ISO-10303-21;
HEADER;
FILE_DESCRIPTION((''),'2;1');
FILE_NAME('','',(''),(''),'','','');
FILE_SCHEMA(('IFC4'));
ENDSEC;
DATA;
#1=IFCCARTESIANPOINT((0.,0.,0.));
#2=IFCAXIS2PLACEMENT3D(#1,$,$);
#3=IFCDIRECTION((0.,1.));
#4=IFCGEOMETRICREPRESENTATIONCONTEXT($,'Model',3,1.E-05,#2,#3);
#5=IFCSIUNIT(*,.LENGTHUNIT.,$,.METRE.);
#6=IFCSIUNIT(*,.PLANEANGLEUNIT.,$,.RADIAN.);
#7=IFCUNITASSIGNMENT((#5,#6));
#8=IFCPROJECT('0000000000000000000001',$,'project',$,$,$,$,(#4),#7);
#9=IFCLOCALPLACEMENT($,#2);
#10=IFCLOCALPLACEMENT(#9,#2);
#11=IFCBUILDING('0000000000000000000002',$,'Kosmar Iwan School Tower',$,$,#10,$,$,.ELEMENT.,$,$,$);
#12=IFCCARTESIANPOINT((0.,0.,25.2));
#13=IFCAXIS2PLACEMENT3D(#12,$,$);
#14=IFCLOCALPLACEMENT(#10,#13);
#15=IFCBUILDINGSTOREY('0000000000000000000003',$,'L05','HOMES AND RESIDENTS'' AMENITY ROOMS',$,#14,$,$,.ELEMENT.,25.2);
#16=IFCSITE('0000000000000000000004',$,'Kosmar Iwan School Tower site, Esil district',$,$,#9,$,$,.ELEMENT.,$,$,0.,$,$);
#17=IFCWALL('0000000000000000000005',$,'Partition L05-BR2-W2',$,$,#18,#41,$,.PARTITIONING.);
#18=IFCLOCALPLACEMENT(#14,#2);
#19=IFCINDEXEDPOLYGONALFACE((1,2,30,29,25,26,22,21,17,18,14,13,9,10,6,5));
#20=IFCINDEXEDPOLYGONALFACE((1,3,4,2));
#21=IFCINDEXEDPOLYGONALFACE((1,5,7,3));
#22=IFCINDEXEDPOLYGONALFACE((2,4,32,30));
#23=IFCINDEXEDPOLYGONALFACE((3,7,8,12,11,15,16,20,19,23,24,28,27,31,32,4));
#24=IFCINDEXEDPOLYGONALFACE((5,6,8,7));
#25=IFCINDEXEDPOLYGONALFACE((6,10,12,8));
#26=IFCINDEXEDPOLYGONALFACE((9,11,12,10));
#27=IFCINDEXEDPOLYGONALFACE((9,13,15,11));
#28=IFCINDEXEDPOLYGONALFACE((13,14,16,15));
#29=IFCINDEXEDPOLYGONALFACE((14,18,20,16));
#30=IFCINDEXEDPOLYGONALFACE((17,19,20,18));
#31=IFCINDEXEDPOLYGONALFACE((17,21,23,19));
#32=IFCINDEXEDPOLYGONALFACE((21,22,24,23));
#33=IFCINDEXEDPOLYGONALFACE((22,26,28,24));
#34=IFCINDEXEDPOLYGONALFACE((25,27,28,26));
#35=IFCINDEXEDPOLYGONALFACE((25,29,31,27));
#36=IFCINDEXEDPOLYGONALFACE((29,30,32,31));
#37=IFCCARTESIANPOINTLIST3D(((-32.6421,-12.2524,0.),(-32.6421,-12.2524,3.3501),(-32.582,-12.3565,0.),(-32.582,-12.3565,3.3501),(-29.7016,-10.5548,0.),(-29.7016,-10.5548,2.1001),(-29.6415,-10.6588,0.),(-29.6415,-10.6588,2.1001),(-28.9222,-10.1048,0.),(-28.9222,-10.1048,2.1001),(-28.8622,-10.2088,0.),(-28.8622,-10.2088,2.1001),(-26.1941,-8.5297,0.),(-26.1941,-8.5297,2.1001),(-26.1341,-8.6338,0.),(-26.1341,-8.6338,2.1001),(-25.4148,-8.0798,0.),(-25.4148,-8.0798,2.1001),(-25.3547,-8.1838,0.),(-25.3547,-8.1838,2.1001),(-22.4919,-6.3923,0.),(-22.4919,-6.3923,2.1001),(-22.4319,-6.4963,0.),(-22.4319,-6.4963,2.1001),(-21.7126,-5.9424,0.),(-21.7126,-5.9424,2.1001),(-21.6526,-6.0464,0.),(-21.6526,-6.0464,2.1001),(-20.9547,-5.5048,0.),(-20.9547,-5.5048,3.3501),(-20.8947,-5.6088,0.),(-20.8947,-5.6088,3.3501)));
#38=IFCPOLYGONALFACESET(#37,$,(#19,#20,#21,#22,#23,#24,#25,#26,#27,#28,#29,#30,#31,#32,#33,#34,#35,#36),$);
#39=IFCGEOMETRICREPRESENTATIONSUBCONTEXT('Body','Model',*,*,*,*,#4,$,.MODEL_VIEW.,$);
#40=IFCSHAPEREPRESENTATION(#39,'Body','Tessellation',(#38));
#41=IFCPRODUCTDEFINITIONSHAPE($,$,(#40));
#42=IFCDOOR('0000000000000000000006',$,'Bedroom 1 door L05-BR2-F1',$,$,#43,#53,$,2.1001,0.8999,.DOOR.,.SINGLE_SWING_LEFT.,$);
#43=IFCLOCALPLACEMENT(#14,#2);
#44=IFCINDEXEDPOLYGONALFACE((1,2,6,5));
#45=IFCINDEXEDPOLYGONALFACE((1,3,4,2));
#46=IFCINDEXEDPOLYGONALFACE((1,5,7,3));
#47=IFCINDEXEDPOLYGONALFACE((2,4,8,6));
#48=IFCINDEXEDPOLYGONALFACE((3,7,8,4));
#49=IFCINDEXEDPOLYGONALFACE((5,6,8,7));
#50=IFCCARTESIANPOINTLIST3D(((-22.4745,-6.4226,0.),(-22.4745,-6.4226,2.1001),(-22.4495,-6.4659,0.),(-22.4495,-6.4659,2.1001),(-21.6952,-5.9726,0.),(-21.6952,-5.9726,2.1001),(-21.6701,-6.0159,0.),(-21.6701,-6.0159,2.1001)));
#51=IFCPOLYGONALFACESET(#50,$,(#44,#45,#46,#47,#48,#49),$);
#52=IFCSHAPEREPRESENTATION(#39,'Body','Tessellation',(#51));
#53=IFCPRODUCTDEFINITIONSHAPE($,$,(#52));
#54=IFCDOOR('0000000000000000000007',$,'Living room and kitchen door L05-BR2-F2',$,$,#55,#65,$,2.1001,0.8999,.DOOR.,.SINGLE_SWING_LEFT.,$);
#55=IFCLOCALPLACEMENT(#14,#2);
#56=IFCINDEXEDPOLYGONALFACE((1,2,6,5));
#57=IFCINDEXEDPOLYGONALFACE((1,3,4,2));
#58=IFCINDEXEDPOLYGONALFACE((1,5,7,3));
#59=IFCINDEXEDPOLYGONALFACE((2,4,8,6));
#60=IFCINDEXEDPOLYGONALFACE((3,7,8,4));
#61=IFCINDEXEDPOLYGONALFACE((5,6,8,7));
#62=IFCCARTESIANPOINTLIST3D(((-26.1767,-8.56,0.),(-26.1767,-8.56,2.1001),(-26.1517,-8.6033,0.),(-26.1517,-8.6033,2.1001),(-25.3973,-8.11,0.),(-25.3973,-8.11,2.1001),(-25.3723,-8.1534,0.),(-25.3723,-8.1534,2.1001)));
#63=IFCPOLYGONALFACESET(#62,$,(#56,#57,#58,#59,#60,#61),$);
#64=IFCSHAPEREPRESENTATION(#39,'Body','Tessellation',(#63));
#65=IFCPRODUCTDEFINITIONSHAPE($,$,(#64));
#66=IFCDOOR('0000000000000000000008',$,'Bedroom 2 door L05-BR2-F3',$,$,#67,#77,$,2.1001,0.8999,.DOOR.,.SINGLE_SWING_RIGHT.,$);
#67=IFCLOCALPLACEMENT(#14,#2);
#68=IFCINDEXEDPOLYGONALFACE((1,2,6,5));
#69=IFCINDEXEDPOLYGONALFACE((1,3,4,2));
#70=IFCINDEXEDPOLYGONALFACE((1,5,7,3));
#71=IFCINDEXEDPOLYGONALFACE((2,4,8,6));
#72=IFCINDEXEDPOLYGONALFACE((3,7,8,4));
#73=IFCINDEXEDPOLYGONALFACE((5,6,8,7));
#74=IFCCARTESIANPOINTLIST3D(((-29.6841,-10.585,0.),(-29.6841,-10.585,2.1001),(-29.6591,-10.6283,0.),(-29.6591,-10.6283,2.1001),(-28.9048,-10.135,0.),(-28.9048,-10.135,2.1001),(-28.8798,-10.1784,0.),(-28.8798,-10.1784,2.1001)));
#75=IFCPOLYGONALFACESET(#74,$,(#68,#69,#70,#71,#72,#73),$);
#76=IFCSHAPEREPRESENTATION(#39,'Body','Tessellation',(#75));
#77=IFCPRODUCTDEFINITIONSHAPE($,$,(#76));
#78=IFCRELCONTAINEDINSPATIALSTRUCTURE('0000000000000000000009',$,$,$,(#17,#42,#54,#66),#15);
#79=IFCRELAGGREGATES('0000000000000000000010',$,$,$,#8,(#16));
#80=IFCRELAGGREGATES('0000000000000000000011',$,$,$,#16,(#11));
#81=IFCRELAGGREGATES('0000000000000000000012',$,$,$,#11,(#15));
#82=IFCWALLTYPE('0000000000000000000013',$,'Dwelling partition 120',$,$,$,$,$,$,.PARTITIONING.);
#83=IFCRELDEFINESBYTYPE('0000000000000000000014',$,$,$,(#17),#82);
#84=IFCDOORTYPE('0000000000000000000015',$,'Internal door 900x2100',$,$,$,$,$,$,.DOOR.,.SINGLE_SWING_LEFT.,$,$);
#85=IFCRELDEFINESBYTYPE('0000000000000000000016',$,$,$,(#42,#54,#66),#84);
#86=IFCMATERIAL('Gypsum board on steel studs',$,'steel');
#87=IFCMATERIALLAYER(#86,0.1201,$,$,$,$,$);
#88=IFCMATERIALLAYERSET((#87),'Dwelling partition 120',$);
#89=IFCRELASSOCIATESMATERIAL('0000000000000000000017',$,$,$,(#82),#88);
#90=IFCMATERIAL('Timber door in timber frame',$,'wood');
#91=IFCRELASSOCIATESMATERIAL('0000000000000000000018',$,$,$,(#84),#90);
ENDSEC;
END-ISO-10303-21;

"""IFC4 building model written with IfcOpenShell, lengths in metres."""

from ifc_helpers import new_model, si_unit, direction, frame, frame_2d, origin, place, context, subcontext, project, spatial, rectangle, extrude, material, layer, layer_set, type_object, element, fill, save


model = new_model("IFC4")

# Units and contexts
model_context = context("Model", 3, precision=1e-05, world=origin(), true_north=direction((0.0, 1.0)))
body_context = subcontext(model_context, "Body", "Model", "MODEL_VIEW")
ifc_project = project(units=[si_unit("LENGTHUNIT", "METRE"), si_unit("PLANEANGLEUNIT", "RADIAN")], contexts=[model_context])

# Site, building, storey
site_placement = place(None, origin())
site = spatial("IfcSite", under=ifc_project, at=site_placement, Name="Kosmar Iwan School Tower site, Esil district", CompositionType="ELEMENT", RefElevation=0.0)
building_placement = place(site_placement, origin())
building = spatial("IfcBuilding", under=site, at=building_placement, Name="Kosmar Iwan School Tower", CompositionType="ELEMENT")
storey_placement = place(building_placement, frame((0.0, 0.0, 25.2)))
storey = spatial("IfcBuildingStorey", under=building, at=storey_placement, Name="L05", Description="HOMES AND RESIDENTS' AMENITY ROOMS", CompositionType="ELEMENT", Elevation=25.2)

# Shared definitions
ifc_material_1 = material(Name="Gypsum board on steel studs", Category="steel")
ifc_layer = layer(ifc_material_1, 0.1201)
ifc_layer_set = layer_set([ifc_layer], Name="Dwelling partition 120")
wall_type = type_object("IfcWallType", Name="Dwelling partition 120", PredefinedType="PARTITIONING", material=ifc_layer_set)

# Wall, openings, doors
wall_1_placement = place(storey_placement, frame((-20.9248, -5.5569, 0.0), z_axis=(0.0, 0.0, 1.0), x_axis=(-0.866028, -0.499995, 0.0)))
wall_1 = element("IfcWall", 1, at=wall_1_placement, inside=storey, type_object=wall_type, Name="Partition L05-BR2-W2", PredefinedType="PARTITIONING", context=body_context, shape_type="SweptSolid", body=[
    extrude(rectangle(XDim=13.4954, YDim=0.1201, at=frame_2d((6.7476, 0.0))), origin(), (0.0, 0.0, 1.0), 3.3501),
])
opening_1_placement = place(wall_1_placement, frame((0.875, 0.0, 0.0)))
opening_1 = element("IfcOpeningElement", 2, at=opening_1_placement, cuts=wall_1, PredefinedType="OPENING", context=body_context, shape_type="SweptSolid", body=[
    extrude(rectangle(XDim=0.8999, YDim=2.1001, at=frame_2d((0.45, 1.05))), frame((0.0, 0.072, 0.0), z_axis=(0.0, -1.0, 0.0), x_axis=(1.0, 0.0, 0.0)), (0.0, 0.0, 1.0), 0.144),
])
opening_2_placement = place(wall_1_placement, frame((5.1499, 0.0, 0.0)))
opening_2 = element("IfcOpeningElement", 3, at=opening_2_placement, cuts=wall_1, PredefinedType="OPENING", context=body_context, shape_type="SweptSolid", body=[
    extrude(rectangle(XDim=0.8999, YDim=2.1001, at=frame_2d((0.45, 1.05))), frame((0.0, 0.072, 0.0), z_axis=(0.0, -1.0, 0.0), x_axis=(1.0, 0.0, 0.0)), (0.0, 0.0, 1.0), 0.144),
])
opening_3_placement = place(wall_1_placement, frame((9.2, 0.0, 0.0)))
opening_3 = element("IfcOpeningElement", 4, at=opening_3_placement, cuts=wall_1, PredefinedType="OPENING", context=body_context, shape_type="SweptSolid", body=[
    extrude(rectangle(XDim=0.8999, YDim=2.1001, at=frame_2d((0.45, 1.05))), frame((0.0, 0.072, 0.0), z_axis=(0.0, -1.0, 0.0), x_axis=(1.0, 0.0, 0.0)), (0.0, 0.0, 1.0), 0.144),
])
ifc_material_2 = material(Name="Timber door in timber frame", Category="wood")
door_type = type_object("IfcDoorType", Name="Internal door 900x2100", OperationType="SINGLE_SWING_LEFT", PredefinedType="DOOR", material=ifc_material_2)
door_1_placement = place(opening_1_placement, origin())
door_1 = element("IfcDoor", 5, at=door_1_placement, inside=storey, type_object=door_type, Name="Bedroom 1 door L05-BR2-F1", OperationType="SINGLE_SWING_LEFT", OverallHeight=2.1001, OverallWidth=0.8999, PredefinedType="DOOR", context=body_context, shape_type="SweptSolid", body=[
    extrude(rectangle(XDim=0.8999, YDim=2.1001, at=frame_2d((0.45, 1.05))), frame((0.0, 0.0249, 0.0), z_axis=(0.0, -1.0, 0.0), x_axis=(1.0, 0.0, 0.0)), (0.0, 0.0, 1.0), 0.05),
])
fill(opening_1, door_1)
door_2_placement = place(opening_2_placement, origin())
door_2 = element("IfcDoor", 6, at=door_2_placement, inside=storey, type_object=door_type, Name="Living room and kitchen door L05-BR2-F2", OperationType="SINGLE_SWING_LEFT", OverallHeight=2.1001, OverallWidth=0.8999, PredefinedType="DOOR", context=body_context, shape_type="SweptSolid", body=[
    extrude(rectangle(XDim=0.8999, YDim=2.1001, at=frame_2d((0.45, 1.05))), frame((0.0, 0.0249, 0.0), z_axis=(0.0, -1.0, 0.0), x_axis=(1.0, 0.0, 0.0)), (0.0, 0.0, 1.0), 0.05),
])
fill(opening_2, door_2)
door_3_placement = place(opening_3_placement, origin())
door_3 = element("IfcDoor", 7, at=door_3_placement, inside=storey, type_object=door_type, Name="Bedroom 2 door L05-BR2-F3", OperationType="SINGLE_SWING_RIGHT", OverallHeight=2.1001, OverallWidth=0.8999, PredefinedType="DOOR", context=body_context, shape_type="SweptSolid", body=[
    extrude(rectangle(XDim=0.8999, YDim=2.1001, at=frame_2d((0.45, 1.05))), frame((0.0, 0.0249, 0.0), z_axis=(0.0, -1.0, 0.0), x_axis=(1.0, 0.0, 0.0)), (0.0, 0.0, 1.0), 0.05),
])
fill(opening_3, door_3)

save(model, "model.ifc")
